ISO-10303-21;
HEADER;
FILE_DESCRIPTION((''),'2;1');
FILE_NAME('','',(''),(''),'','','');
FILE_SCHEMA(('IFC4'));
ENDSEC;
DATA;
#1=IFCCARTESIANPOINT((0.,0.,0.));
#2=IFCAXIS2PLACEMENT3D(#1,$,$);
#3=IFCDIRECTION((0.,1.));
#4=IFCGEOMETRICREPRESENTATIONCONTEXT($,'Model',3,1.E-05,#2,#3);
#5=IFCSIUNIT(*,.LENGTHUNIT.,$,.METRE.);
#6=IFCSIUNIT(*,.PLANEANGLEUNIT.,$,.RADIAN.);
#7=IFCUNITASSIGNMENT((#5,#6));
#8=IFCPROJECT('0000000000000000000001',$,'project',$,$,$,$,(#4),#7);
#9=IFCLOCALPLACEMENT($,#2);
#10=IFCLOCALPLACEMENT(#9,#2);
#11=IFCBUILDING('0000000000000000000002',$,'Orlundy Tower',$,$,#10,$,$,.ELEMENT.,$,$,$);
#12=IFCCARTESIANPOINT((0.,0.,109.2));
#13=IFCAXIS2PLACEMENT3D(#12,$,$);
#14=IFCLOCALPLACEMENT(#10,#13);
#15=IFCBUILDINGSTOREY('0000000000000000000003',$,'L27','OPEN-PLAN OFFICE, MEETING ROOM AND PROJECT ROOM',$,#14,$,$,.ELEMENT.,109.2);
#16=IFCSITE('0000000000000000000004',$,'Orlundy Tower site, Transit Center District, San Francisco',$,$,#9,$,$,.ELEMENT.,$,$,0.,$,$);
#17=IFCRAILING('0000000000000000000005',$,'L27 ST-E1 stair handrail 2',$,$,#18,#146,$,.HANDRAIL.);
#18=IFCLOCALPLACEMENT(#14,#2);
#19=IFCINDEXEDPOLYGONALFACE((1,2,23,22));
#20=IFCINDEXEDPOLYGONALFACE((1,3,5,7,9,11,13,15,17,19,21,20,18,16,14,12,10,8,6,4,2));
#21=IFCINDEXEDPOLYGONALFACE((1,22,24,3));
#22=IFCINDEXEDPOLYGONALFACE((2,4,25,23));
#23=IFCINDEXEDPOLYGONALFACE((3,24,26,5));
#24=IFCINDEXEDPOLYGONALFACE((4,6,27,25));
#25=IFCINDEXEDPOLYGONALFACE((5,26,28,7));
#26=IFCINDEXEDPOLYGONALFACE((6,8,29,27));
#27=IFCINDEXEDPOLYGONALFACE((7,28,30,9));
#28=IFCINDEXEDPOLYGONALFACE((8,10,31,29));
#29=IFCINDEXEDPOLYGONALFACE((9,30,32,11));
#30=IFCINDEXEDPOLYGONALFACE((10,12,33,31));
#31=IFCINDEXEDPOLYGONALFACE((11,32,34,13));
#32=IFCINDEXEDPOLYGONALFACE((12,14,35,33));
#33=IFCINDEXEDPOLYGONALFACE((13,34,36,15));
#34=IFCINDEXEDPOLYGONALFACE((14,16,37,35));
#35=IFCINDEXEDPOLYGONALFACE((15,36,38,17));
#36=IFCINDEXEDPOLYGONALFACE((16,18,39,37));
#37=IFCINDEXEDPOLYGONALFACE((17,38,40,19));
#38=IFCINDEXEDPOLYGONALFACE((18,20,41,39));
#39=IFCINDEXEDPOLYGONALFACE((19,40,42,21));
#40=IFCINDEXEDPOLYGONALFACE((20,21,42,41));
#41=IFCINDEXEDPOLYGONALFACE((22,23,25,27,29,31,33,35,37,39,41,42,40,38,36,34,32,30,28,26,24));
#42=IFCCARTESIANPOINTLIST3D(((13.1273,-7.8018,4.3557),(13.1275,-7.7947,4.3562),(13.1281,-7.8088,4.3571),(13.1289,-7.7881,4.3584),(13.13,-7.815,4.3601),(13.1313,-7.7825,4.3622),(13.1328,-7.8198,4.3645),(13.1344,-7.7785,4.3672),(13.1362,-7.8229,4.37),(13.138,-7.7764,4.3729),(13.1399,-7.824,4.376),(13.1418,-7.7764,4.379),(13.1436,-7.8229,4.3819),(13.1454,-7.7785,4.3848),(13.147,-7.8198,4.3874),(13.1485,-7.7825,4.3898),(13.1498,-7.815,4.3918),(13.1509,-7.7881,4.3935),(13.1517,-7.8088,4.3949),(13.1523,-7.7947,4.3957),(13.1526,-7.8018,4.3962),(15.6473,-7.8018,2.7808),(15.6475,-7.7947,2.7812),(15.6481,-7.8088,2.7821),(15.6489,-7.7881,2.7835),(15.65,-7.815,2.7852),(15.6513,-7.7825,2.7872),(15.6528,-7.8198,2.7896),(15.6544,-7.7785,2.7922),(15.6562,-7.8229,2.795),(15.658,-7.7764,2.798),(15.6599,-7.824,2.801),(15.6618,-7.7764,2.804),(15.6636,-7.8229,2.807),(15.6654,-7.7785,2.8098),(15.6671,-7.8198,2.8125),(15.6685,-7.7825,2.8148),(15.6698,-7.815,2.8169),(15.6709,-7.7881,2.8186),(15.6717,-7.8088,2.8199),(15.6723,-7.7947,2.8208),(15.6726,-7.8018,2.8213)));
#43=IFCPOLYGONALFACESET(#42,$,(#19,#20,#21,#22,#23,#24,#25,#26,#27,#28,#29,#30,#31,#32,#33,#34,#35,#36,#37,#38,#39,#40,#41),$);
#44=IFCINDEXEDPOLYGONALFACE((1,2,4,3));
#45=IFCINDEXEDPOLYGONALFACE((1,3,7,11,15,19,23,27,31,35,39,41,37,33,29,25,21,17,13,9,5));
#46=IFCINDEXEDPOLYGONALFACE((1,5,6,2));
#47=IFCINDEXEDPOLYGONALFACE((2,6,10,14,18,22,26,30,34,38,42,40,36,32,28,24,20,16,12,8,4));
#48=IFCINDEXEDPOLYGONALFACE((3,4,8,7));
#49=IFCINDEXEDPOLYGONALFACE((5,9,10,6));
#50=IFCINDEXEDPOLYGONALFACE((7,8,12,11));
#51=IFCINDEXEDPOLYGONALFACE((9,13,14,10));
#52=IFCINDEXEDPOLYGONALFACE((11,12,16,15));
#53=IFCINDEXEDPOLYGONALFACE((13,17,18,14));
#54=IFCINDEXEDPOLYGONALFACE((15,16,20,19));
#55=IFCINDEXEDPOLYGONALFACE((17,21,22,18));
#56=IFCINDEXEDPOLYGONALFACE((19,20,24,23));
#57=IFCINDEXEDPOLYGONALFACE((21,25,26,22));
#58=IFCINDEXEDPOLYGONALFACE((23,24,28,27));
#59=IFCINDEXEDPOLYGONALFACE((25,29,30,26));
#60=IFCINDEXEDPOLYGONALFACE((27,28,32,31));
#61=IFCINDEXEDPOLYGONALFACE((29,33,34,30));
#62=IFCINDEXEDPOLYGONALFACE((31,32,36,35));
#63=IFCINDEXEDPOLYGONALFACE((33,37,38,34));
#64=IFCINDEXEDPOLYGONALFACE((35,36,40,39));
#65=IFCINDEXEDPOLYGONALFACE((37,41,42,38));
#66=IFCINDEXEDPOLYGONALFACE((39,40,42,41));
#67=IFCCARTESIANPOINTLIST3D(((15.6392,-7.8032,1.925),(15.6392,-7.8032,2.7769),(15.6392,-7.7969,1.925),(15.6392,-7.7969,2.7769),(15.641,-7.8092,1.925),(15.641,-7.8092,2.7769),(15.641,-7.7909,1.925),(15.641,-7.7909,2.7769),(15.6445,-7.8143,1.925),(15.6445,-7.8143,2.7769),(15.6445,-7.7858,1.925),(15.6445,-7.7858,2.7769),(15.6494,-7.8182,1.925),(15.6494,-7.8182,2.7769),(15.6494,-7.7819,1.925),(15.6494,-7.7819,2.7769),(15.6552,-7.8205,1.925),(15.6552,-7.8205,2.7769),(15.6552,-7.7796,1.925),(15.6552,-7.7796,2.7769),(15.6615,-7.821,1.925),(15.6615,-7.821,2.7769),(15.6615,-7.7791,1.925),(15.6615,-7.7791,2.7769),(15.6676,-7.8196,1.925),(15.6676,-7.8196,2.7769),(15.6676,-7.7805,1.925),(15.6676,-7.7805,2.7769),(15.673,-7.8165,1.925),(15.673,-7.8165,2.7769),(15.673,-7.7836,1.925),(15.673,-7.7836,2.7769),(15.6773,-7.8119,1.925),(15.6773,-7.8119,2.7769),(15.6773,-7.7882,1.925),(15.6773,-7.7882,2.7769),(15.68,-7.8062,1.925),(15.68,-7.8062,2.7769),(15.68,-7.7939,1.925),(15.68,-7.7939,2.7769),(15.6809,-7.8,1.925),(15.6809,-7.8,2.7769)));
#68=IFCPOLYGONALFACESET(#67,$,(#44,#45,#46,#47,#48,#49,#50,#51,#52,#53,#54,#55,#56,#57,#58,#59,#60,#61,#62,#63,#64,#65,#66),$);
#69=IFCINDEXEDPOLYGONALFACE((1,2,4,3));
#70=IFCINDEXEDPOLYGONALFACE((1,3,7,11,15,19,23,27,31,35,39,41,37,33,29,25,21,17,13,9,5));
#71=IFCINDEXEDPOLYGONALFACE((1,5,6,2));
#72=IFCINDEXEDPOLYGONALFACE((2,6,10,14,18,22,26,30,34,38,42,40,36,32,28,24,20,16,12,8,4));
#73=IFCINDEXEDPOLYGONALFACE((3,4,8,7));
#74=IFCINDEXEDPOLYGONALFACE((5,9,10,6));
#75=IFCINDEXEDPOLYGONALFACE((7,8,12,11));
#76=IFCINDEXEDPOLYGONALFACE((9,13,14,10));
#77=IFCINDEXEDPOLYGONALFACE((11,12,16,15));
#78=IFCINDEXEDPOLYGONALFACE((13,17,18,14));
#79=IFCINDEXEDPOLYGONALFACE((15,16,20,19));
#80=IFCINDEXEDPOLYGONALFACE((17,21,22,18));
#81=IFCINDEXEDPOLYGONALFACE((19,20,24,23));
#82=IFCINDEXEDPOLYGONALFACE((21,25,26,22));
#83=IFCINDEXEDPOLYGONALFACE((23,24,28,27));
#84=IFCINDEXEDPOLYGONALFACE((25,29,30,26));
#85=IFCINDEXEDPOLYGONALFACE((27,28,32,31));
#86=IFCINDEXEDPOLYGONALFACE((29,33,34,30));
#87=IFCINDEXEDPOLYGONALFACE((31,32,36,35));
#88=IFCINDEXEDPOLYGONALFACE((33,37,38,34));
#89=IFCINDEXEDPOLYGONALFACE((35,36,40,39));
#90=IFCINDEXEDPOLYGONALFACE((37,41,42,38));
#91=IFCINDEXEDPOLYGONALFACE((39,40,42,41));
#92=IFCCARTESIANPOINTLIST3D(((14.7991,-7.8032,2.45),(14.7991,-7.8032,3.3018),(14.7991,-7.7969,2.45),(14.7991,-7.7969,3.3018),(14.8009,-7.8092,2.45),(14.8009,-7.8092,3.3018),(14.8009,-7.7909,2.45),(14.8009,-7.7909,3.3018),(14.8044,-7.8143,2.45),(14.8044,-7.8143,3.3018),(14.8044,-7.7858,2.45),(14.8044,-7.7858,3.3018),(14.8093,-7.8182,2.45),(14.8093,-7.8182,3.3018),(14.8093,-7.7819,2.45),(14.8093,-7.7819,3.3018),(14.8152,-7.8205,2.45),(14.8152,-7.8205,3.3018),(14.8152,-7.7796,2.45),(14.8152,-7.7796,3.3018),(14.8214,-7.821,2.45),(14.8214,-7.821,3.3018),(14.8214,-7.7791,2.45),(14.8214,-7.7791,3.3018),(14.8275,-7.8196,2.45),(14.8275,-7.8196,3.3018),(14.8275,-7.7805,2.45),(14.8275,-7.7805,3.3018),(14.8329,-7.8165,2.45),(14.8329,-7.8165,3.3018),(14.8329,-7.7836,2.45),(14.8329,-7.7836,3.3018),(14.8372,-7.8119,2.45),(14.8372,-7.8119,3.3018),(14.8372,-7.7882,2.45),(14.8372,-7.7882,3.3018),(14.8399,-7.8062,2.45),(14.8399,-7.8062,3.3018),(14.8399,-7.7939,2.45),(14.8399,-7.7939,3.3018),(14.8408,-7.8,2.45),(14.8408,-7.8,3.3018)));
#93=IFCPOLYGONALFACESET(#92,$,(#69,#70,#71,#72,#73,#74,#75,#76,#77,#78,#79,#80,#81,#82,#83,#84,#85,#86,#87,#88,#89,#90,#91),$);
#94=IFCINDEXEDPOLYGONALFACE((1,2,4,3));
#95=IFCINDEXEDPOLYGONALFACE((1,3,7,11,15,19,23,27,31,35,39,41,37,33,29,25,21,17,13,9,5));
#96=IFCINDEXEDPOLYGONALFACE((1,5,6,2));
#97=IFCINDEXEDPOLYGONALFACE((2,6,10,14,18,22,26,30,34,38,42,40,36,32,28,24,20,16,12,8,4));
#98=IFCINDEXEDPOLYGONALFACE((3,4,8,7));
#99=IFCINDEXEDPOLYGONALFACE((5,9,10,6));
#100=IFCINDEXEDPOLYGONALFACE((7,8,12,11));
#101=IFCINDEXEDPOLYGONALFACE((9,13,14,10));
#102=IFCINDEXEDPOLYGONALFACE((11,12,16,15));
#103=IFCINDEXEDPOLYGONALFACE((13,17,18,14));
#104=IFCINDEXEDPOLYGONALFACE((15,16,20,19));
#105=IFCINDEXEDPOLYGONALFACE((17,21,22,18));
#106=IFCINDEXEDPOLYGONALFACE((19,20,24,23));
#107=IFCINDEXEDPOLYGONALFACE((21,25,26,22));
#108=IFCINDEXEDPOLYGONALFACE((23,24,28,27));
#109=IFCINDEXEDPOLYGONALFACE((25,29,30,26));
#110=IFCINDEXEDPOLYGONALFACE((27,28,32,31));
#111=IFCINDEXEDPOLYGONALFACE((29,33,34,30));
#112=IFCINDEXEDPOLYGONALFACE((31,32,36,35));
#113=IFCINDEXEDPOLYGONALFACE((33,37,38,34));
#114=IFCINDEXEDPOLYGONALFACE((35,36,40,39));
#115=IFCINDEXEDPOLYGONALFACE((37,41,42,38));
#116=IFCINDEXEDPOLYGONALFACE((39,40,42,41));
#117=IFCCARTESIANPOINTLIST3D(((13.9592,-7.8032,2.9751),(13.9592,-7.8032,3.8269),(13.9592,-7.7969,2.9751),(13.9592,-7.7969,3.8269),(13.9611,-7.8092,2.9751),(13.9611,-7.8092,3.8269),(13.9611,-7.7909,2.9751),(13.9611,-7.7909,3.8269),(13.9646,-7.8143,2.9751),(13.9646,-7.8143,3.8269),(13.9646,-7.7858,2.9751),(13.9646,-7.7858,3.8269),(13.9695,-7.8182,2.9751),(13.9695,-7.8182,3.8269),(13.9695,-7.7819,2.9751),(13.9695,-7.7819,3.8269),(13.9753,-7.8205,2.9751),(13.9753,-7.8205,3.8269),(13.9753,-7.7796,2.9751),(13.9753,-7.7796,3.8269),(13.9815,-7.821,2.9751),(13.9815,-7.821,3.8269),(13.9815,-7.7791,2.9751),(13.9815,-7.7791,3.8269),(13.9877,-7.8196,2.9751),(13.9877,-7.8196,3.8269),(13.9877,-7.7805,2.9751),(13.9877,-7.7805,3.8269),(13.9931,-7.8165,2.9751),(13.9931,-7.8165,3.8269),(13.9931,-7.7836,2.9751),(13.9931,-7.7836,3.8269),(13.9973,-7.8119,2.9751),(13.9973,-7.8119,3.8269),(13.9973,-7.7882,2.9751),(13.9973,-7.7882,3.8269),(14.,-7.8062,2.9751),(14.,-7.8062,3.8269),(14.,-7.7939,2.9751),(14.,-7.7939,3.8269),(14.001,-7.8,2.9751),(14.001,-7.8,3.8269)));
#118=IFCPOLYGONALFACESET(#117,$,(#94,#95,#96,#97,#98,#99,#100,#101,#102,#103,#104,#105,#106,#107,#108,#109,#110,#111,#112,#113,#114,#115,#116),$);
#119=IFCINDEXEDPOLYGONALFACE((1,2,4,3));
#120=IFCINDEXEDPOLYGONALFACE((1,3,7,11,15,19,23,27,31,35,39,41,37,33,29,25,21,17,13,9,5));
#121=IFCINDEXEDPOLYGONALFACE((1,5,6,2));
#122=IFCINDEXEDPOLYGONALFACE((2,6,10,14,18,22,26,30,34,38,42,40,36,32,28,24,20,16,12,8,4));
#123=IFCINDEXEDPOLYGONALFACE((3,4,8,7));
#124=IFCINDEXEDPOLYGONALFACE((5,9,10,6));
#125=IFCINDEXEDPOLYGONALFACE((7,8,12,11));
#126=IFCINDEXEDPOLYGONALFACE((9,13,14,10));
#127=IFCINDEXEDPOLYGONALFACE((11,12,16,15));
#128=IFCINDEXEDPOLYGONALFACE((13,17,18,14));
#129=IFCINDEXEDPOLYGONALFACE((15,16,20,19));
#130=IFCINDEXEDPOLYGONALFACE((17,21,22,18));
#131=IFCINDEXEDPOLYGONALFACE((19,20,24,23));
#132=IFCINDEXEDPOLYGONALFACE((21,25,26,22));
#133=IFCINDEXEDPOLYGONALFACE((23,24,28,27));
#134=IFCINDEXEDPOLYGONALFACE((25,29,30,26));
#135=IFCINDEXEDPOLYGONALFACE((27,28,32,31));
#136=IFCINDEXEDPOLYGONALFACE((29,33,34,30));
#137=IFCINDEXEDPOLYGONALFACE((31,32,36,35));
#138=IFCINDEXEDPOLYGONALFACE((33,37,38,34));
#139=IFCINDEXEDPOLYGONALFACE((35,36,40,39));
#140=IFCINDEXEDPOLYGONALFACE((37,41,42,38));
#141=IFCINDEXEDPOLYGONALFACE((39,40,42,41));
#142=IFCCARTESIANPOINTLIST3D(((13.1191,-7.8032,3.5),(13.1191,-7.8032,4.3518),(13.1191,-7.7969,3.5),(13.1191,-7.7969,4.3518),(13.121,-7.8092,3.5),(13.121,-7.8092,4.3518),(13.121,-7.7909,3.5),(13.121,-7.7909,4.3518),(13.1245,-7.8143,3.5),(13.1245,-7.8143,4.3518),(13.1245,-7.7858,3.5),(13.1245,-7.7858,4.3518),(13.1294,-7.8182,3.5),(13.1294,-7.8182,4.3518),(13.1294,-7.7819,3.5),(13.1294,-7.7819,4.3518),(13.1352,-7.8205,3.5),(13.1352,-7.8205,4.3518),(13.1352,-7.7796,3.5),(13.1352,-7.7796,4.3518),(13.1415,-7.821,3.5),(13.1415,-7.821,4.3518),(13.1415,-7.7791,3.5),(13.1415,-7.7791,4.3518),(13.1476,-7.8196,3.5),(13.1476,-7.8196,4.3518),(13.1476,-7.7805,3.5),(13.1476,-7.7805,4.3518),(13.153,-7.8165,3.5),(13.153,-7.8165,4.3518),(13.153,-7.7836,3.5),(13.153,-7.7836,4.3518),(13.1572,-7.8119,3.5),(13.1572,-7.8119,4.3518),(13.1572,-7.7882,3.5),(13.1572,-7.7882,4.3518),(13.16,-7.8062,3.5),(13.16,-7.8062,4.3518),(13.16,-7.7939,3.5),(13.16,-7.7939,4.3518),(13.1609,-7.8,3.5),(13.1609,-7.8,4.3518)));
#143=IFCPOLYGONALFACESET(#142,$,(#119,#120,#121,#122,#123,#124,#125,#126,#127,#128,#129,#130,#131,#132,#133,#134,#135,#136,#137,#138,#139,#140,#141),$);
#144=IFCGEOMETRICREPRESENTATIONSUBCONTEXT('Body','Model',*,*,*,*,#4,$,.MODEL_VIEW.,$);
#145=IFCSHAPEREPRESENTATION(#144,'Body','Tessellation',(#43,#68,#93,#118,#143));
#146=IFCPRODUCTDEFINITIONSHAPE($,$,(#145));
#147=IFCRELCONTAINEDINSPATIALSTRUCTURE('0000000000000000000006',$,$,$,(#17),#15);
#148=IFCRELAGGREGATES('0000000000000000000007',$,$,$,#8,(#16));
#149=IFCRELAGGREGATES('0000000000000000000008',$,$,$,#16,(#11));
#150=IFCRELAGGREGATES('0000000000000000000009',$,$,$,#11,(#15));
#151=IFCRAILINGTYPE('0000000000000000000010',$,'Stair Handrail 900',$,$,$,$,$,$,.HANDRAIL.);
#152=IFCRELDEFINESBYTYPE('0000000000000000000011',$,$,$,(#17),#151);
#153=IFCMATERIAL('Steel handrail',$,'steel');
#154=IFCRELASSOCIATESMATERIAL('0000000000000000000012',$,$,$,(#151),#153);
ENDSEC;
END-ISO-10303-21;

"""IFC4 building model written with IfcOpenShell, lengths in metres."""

from ifc_helpers import new_model, si_unit, direction, frame, origin, origin_2d, place, context, subcontext, project, spatial, circle, extrude, material, type_object, element, save


model = new_model("IFC4")

# Units and contexts
model_context = context("Model", 3, precision=1e-05, world=origin(), true_north=direction((0.0, 1.0)))
body_context = subcontext(model_context, "Body", "Model", "MODEL_VIEW")
ifc_project = project(units=[si_unit("LENGTHUNIT", "METRE"), si_unit("PLANEANGLEUNIT", "RADIAN")], contexts=[model_context])

# Site, building, storey
site_placement = place(None, origin())
site = spatial("IfcSite", under=ifc_project, at=site_placement, Name="Orlundy Tower site, Transit Center District, San Francisco", CompositionType="ELEMENT", RefElevation=0.0)
building_placement = place(site_placement, origin())
building = spatial("IfcBuilding", under=site, at=building_placement, Name="Orlundy Tower", CompositionType="ELEMENT")
storey_placement = place(building_placement, frame((0.0, 0.0, 109.2)))
storey = spatial("IfcBuildingStorey", under=building, at=storey_placement, Name="L27", Description="OPEN-PLAN OFFICE, MEETING ROOM AND PROJECT ROOM", CompositionType="ELEMENT", Elevation=109.2)

# Railing
ifc_material_1 = material(Name="Steel handrail", Category="steel")
railing_type_1 = type_object("IfcRailingType", Name="Stair Handrail 900", PredefinedType="HANDRAIL", material=ifc_material_1)
railing_1_placement = place(storey_placement, frame((15.6599, -7.8, 1.925)))
element("IfcRailing", 1, at=railing_1_placement, inside=storey, type_object=railing_type_1, Name="L27 ST-E1 stair handrail 2", PredefinedType="HANDRAIL", context=body_context, shape_type="SweptSolid", body=[
    extrude(circle(Radius=0.0239, at=origin_2d()), frame((0.0, 0.0, 0.876), z_axis=(-0.848008, 0.0, 0.529984), x_axis=(0.0, -1.0, 0.0)), (0.0, 0.0, 1.0), 2.9717),
    extrude(circle(Radius=0.021, at=origin_2d()), origin(), (0.0, 0.0, 1.0), 0.8518),
    extrude(circle(Radius=0.021, at=origin_2d()), frame((-0.8401, 0.0, 0.5249)), (0.0, 0.0, 1.0), 0.8518),
    extrude(circle(Radius=0.021, at=origin_2d()), frame((-1.6799, 0.0, 1.05)), (0.0, 0.0, 1.0), 0.8518),
    extrude(circle(Radius=0.021, at=origin_2d()), frame((-2.52, 0.0, 1.575)), (0.0, 0.0, 1.0), 0.8518),
])

save(model, "model.ifc")
